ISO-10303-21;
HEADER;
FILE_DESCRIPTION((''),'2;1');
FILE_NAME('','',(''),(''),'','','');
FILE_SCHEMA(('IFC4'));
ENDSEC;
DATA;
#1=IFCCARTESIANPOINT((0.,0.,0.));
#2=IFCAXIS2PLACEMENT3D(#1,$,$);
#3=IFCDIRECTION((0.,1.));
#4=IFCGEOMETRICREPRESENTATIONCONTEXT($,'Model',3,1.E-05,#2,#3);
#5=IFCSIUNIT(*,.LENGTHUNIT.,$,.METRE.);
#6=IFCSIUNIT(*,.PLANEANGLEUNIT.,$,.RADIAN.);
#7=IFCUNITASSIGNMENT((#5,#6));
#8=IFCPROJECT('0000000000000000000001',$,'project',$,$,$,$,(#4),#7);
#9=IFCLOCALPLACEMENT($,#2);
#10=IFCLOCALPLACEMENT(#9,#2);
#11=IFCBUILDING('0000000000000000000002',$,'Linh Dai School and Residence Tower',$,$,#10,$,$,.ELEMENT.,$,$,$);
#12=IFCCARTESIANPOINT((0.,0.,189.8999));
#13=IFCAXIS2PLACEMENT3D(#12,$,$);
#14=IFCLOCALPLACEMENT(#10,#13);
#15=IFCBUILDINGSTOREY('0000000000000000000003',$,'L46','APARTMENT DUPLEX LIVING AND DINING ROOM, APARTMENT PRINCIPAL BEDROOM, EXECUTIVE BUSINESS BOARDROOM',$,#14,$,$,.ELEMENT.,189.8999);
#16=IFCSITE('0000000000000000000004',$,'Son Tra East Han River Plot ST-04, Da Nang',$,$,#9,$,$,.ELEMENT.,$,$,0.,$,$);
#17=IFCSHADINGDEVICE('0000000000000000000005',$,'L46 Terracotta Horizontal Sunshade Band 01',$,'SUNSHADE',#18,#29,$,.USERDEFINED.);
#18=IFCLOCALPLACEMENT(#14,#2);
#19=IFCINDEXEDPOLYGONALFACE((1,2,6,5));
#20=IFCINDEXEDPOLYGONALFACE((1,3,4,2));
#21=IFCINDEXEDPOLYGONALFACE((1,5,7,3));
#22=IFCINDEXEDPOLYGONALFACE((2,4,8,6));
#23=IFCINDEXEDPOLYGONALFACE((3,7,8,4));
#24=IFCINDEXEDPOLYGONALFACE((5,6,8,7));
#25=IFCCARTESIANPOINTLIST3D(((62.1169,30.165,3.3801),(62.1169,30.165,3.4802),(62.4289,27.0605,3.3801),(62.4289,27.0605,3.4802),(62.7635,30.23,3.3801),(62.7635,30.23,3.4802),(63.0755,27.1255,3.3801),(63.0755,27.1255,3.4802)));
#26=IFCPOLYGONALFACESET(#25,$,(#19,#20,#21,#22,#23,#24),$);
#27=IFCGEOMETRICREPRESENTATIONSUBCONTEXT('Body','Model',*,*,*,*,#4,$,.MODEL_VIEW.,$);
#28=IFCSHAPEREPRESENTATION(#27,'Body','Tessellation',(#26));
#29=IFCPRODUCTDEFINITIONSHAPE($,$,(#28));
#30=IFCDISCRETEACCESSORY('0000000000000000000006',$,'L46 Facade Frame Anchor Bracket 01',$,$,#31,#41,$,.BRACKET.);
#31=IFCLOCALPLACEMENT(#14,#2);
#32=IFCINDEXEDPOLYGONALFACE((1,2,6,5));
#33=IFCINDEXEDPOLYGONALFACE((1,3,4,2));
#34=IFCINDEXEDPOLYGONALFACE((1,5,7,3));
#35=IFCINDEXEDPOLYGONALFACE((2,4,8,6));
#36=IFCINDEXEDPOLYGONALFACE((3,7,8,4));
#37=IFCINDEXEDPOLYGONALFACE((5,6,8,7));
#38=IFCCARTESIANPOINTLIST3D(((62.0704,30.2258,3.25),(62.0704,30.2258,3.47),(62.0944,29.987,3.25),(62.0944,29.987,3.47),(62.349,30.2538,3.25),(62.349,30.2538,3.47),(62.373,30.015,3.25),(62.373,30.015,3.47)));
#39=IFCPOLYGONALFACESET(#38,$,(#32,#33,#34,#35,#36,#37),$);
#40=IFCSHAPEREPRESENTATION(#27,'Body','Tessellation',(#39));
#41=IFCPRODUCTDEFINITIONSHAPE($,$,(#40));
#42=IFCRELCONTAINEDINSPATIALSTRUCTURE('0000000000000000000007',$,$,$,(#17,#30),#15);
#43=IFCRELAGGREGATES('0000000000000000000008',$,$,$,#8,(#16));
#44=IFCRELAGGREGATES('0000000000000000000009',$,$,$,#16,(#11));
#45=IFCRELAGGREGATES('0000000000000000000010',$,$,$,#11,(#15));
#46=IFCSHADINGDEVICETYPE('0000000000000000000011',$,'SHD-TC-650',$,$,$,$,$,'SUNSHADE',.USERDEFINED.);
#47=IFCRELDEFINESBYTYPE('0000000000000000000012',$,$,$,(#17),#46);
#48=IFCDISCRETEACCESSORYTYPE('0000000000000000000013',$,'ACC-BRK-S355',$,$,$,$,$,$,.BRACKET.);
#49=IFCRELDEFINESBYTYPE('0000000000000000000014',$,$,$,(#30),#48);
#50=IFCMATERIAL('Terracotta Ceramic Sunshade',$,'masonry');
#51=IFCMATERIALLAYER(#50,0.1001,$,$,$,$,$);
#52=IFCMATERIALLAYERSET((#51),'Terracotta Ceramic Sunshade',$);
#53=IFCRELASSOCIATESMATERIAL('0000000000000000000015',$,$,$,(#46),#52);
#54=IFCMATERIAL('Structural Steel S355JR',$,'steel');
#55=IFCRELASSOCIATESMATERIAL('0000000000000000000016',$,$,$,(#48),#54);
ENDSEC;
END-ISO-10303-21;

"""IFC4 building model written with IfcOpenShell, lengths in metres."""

from ifc_helpers import new_model, si_unit, direction, frame, origin, origin_2d, place, context, subcontext, project, spatial, rectangle, extrude, source, transform, mapped, material, layer, layer_set, type_object, element, save


model = new_model("IFC4")

# Units and contexts
model_context = context("Model", 3, precision=1e-05, world=origin(), true_north=direction((0.0, 1.0)))
body_context = subcontext(model_context, "Body", "Model", "MODEL_VIEW")
ifc_project = project(units=[si_unit("LENGTHUNIT", "METRE"), si_unit("PLANEANGLEUNIT", "RADIAN")], contexts=[model_context])

# Site, building, storey
site_placement = place(None, origin())
site = spatial("IfcSite", under=ifc_project, at=site_placement, Name="Son Tra East Han River Plot ST-04, Da Nang", CompositionType="ELEMENT", RefElevation=0.0)
building_placement = place(site_placement, origin())
building = spatial("IfcBuilding", under=site, at=building_placement, Name="Linh Dai School and Residence Tower", CompositionType="ELEMENT")
storey_placement = place(building_placement, frame((0.0, 0.0, 189.8999)))
storey = spatial("IfcBuildingStorey", under=building, at=storey_placement, Name="L46", Description="APARTMENT DUPLEX LIVING AND DINING ROOM, APARTMENT PRINCIPAL BEDROOM, EXECUTIVE BUSINESS BOARDROOM", CompositionType="ELEMENT", Elevation=189.8999)

# Shared definitions
ifc_material_1 = material(Name="Structural Steel S355JR", Category="steel")

# Shading device
ifc_material_2 = material(Name="Terracotta Ceramic Sunshade", Category="masonry")
ifc_layer_1 = layer(ifc_material_2, 0.1001)
ifc_layer_set_1 = layer_set([ifc_layer_1], Name="Terracotta Ceramic Sunshade")
shading_device_type = type_object("IfcShadingDeviceType", Name="SHD-TC-650", ElementType="SUNSHADE", PredefinedType="USERDEFINED", material=ifc_layer_set_1)
shared_shape_1 = source(origin(), body_context, "Body", "SweptSolid", [
    extrude(rectangle(XDim=3.1201, YDim=0.6499, at=origin_2d()), origin(), (0.0, 0.0, 1.0), 0.1001),
])
shading_device_placement = place(storey_placement, frame((62.5962, 28.6453, 3.3801), z_axis=(0.0, 0.0, 1.0), x_axis=(0.100002, -0.994987, 0.0)))
element("IfcShadingDevice", 1, at=shading_device_placement, inside=storey, type_object=shading_device_type, Name="L46 Terracotta Horizontal Sunshade Band 01", ObjectType="SUNSHADE", PredefinedType="USERDEFINED", context=body_context, shape_type="MappedRepresentation", body=[
    mapped(shared_shape_1, transform((0.0, 0.0, 0.0), x_axis=(1.0, 0.0, 0.0), y_axis=(0.0, 1.0, 0.0), z_axis=(0.0, 0.0, 1.0), scale=1.0)),
])

# Discrete accessory
discrete_accessory_type = type_object("IfcDiscreteAccessoryType", Name="ACC-BRK-S355", PredefinedType="BRACKET", material=ifc_material_1)
shared_shape_2 = source(origin(), body_context, "Body", "SweptSolid", [
    extrude(rectangle(XDim=0.28, YDim=0.24, at=origin_2d()), origin(), (0.0, 0.0, 1.0), 0.22),
])
discrete_accessory_placement = place(storey_placement, frame((62.2217, 30.1204, 3.25), z_axis=(0.0, 0.0, 1.0), x_axis=(0.994987, 0.100002, 0.0)))
element("IfcDiscreteAccessory", 2, at=discrete_accessory_placement, inside=storey, type_object=discrete_accessory_type, Name="L46 Facade Frame Anchor Bracket 01", PredefinedType="BRACKET", context=body_context, shape_type="MappedRepresentation", body=[
    mapped(shared_shape_2, transform((0.0, 0.0, 0.0), x_axis=(1.0, 0.0, 0.0), y_axis=(0.0, 1.0, 0.0), z_axis=(0.0, 0.0, 1.0), scale=1.0)),
])

save(model, "model.ifc")
